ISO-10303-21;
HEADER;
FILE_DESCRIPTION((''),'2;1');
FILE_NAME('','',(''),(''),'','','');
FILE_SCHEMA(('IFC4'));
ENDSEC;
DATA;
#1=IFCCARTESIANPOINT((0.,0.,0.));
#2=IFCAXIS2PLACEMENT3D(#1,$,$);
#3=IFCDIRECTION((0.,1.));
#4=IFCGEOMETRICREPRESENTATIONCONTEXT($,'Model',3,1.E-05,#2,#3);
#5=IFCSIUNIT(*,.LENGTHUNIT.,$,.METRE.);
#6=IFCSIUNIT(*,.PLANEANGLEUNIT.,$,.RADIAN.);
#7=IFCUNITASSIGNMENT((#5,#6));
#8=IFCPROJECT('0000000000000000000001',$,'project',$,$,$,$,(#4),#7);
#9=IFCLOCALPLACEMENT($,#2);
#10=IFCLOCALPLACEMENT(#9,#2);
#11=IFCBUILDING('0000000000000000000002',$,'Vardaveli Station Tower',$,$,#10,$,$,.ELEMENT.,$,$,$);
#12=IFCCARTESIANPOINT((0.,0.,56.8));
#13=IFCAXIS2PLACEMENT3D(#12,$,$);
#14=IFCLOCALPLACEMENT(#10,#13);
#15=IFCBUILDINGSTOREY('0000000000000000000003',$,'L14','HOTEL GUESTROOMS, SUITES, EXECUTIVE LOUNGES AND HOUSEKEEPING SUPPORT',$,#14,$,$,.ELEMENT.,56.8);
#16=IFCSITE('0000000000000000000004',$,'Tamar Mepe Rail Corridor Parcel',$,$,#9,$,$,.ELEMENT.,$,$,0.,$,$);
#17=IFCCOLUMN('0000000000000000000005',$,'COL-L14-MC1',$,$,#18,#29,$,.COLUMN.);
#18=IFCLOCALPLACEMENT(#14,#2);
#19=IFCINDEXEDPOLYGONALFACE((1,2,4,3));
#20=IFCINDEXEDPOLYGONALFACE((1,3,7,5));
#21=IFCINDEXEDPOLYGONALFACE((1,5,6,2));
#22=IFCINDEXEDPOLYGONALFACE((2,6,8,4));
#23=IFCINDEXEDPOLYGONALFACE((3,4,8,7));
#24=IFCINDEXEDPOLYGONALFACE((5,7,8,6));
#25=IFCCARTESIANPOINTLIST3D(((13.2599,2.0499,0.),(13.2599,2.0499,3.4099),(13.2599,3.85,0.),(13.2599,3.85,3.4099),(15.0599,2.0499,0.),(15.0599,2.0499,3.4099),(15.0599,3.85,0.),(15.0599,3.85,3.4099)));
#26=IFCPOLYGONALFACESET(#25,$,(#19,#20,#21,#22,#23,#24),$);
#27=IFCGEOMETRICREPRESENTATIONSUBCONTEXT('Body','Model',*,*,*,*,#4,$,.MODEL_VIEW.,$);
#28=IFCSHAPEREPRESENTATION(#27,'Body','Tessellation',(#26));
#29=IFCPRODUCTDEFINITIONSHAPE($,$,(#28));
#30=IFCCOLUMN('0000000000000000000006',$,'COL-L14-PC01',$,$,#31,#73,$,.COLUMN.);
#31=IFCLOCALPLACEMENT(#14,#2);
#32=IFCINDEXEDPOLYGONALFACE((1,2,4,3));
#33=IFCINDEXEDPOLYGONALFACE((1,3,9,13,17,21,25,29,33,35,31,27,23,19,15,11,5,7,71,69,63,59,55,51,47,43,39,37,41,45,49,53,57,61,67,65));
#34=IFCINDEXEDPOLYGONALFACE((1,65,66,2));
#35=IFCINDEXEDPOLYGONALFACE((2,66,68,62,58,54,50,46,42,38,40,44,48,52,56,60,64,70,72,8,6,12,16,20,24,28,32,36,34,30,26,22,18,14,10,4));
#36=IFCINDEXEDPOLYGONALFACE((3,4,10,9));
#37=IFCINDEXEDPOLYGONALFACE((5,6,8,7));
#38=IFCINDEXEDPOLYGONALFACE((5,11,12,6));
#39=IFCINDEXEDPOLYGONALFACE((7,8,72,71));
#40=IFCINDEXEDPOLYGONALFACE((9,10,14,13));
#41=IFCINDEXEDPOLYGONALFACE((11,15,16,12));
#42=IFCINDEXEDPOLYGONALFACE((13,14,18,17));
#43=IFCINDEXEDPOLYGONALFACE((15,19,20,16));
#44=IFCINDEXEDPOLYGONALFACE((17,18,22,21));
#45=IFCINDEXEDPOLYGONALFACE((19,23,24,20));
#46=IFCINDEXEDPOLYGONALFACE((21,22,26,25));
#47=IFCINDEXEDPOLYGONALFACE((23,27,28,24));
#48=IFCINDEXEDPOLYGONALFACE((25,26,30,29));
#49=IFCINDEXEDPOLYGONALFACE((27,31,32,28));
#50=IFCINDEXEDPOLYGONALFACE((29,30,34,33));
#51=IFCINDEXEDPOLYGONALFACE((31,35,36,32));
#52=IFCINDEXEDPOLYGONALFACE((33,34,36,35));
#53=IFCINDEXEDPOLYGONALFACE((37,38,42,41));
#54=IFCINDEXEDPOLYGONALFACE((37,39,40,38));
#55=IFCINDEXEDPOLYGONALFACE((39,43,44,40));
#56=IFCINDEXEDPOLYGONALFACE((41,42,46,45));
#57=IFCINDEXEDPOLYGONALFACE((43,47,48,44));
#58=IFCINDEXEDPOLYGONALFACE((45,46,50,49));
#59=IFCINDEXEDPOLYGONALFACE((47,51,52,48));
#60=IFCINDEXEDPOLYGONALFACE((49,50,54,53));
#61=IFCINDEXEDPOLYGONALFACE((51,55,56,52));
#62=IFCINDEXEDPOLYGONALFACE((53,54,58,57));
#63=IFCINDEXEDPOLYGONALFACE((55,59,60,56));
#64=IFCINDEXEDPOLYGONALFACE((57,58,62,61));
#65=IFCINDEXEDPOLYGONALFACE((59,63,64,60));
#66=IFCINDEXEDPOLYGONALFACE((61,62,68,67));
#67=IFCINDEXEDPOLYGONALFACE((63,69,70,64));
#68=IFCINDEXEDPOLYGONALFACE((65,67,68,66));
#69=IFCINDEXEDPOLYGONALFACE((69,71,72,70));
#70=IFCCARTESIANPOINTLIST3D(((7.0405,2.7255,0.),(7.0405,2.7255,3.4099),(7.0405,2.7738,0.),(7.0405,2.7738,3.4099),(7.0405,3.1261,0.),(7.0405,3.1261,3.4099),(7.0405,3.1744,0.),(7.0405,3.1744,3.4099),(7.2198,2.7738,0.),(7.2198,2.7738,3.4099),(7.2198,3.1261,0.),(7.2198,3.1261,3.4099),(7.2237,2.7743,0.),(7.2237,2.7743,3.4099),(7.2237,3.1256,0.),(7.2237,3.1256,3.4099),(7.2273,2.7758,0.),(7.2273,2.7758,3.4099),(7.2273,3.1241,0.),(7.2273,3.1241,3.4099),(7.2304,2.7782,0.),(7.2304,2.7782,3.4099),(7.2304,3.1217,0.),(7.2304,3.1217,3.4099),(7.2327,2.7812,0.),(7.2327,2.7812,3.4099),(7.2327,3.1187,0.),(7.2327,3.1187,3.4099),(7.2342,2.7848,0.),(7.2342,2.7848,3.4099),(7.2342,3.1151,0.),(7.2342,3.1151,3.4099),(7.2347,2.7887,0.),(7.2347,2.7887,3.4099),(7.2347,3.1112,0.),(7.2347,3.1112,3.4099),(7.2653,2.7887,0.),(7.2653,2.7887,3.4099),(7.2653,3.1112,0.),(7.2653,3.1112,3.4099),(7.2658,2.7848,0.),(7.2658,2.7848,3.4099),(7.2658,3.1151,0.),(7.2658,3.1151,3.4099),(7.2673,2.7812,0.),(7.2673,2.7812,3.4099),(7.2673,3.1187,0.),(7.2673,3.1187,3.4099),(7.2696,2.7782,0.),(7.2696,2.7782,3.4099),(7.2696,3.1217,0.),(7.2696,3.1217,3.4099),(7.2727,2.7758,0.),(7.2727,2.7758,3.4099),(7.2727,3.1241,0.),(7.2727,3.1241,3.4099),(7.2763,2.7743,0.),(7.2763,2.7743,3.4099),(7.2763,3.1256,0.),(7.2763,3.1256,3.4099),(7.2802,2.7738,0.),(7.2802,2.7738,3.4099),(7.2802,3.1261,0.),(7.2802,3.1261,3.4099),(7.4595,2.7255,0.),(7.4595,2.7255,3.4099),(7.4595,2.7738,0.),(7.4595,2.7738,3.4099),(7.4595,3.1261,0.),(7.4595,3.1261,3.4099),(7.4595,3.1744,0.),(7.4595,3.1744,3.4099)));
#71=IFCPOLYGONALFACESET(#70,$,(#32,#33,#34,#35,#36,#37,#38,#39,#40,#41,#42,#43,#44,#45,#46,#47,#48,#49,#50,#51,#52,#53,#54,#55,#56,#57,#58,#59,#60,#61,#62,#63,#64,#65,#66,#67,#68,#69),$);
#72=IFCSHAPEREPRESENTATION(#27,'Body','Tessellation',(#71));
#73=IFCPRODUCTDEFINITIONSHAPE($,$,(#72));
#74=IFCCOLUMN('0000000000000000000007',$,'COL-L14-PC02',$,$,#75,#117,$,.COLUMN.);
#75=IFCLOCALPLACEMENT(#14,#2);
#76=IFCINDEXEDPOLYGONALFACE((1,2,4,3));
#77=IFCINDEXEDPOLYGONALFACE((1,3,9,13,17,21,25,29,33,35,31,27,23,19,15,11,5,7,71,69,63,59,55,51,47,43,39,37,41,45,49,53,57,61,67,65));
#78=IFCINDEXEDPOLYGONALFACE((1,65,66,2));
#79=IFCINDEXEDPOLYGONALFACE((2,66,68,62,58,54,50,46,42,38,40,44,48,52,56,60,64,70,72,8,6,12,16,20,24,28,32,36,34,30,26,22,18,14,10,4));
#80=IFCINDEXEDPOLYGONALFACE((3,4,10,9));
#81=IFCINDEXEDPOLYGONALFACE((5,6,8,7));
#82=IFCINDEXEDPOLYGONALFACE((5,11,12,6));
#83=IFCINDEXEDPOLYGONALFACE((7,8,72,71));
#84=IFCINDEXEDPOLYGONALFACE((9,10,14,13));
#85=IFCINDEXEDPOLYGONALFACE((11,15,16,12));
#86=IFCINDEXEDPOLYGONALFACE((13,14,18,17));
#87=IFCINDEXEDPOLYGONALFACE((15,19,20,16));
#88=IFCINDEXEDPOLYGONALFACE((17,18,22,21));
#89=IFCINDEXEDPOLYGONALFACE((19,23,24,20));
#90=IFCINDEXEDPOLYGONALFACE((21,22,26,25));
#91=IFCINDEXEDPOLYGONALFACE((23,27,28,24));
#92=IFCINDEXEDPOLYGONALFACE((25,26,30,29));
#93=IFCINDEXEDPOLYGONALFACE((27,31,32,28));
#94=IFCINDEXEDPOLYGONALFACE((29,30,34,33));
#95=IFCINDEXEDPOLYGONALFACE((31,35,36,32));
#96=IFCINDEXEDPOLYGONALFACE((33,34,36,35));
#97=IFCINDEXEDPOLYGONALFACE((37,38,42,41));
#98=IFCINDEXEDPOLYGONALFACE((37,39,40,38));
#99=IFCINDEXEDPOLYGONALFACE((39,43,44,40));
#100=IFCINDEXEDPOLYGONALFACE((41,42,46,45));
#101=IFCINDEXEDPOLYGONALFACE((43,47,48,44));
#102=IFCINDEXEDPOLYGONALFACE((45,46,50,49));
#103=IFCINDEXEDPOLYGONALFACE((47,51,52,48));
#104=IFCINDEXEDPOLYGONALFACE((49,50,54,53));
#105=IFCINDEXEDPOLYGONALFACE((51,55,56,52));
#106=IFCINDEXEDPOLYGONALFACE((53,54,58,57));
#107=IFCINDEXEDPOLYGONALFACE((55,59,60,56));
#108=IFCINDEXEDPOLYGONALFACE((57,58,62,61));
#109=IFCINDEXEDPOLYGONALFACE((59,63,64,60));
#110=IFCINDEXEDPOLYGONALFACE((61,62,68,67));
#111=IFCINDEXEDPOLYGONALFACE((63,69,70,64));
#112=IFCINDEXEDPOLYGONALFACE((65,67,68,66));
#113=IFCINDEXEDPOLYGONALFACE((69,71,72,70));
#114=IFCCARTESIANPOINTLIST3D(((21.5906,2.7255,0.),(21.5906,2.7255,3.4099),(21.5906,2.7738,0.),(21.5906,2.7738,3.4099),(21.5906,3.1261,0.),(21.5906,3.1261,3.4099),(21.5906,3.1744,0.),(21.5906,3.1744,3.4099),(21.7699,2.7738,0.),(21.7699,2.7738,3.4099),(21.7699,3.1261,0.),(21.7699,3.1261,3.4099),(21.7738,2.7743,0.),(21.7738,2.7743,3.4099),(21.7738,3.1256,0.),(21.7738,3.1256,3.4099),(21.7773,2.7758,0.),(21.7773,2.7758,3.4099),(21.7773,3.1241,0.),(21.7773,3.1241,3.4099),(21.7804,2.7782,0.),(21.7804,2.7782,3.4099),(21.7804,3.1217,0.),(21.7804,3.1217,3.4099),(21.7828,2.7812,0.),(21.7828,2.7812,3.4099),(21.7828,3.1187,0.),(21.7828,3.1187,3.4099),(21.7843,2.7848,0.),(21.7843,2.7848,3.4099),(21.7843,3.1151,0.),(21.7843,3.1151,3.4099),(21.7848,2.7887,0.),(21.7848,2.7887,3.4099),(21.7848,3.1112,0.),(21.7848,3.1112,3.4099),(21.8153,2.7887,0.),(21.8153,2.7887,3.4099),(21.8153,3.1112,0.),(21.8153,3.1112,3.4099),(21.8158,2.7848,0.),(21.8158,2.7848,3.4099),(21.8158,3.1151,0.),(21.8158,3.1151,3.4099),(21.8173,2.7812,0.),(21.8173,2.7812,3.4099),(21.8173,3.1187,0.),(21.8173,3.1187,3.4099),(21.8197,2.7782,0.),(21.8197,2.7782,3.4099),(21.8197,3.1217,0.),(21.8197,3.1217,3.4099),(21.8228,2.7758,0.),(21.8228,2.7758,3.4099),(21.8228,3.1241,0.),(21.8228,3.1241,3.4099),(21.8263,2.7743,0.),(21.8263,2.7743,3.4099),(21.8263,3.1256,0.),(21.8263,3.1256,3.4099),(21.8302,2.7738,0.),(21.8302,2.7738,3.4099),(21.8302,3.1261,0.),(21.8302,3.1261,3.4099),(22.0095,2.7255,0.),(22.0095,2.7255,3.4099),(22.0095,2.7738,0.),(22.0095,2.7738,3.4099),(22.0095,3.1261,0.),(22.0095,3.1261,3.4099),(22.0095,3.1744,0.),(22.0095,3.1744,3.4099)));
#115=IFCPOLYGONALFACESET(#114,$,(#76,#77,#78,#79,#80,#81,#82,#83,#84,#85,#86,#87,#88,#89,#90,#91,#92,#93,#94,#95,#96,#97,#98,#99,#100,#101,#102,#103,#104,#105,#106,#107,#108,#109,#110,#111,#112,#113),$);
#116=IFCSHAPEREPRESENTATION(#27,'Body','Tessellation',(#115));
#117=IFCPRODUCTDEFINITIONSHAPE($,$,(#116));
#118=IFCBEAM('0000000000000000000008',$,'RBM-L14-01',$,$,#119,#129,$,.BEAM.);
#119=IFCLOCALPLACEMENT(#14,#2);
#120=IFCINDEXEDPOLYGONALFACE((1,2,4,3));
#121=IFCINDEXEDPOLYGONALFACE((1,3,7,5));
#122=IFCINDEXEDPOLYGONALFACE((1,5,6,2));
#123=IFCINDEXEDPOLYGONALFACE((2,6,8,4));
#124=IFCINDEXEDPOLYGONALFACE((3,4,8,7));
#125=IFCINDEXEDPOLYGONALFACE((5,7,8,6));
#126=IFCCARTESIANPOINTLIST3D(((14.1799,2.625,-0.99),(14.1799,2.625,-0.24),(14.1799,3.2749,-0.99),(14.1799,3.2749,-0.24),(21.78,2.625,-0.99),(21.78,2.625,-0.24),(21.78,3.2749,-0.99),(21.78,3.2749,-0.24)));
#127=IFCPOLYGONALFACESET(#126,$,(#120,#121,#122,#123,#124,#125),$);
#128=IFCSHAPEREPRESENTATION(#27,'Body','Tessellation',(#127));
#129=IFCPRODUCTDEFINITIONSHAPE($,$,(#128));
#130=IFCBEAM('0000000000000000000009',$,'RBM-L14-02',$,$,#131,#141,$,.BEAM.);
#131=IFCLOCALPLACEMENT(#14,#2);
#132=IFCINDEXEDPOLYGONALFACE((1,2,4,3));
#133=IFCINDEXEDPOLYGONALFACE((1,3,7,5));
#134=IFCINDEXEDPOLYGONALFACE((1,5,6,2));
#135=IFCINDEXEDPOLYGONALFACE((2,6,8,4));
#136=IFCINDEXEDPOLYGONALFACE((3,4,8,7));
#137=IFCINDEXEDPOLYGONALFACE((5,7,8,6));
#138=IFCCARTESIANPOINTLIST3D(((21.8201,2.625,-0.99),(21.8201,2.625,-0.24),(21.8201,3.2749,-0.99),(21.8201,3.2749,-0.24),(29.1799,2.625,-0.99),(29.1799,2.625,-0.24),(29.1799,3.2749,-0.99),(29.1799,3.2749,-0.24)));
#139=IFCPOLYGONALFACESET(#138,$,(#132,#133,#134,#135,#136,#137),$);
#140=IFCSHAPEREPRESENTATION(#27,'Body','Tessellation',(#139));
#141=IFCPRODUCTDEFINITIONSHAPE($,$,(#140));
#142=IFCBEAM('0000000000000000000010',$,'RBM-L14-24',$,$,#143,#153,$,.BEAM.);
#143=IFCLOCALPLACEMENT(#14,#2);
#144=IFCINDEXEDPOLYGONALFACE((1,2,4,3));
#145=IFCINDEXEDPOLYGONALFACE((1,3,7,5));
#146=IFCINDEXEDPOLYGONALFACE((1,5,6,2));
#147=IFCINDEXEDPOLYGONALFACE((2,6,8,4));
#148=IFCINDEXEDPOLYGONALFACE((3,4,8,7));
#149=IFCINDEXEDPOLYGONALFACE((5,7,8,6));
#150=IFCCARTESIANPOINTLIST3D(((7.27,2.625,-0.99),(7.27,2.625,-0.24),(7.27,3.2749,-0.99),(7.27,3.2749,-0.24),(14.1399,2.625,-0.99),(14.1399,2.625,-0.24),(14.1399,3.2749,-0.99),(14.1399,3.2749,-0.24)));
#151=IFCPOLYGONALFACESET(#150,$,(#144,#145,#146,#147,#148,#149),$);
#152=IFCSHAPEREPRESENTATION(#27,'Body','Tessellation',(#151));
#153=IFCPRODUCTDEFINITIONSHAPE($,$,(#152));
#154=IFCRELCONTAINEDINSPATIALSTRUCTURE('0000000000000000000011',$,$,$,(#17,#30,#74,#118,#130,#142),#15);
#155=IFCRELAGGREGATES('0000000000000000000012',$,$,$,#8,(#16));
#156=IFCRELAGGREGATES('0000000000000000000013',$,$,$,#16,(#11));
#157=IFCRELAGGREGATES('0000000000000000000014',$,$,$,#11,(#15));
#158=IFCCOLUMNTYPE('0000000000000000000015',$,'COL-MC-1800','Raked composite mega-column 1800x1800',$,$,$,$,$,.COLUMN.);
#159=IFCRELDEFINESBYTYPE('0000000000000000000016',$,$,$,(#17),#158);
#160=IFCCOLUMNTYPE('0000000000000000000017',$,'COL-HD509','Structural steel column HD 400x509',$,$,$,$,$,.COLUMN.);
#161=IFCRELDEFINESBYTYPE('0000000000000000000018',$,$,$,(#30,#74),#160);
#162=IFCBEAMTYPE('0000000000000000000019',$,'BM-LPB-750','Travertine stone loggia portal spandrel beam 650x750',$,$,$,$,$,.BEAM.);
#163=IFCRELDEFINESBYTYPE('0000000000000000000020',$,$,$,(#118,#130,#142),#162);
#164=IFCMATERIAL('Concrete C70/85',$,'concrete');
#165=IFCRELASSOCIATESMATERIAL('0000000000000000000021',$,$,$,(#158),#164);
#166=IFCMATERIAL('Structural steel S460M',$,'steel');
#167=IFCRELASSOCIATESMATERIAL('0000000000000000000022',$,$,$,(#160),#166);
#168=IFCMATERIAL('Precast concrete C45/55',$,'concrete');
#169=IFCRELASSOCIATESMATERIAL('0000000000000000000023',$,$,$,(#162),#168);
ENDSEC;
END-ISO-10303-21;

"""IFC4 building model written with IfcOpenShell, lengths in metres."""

from ifc_helpers import new_model, si_unit, direction, frame, origin, origin_2d, place, context, subcontext, project, spatial, rectangle, i_section, extrude, source, transform, mapped, material, material_profile, profile_set, type_object, element, save


model = new_model("IFC4")

# Units and contexts
model_context = context("Model", 3, precision=1e-05, world=origin(), true_north=direction((0.0, 1.0)))
body_context = subcontext(model_context, "Body", "Model", "MODEL_VIEW")
ifc_project = project(units=[si_unit("LENGTHUNIT", "METRE"), si_unit("PLANEANGLEUNIT", "RADIAN")], contexts=[model_context])

# Site, building, storey
site_placement = place(None, origin())
site = spatial("IfcSite", under=ifc_project, at=site_placement, Name="Tamar Mepe Rail Corridor Parcel", CompositionType="ELEMENT", RefElevation=0.0)
building_placement = place(site_placement, origin())
building = spatial("IfcBuilding", under=site, at=building_placement, Name="Vardaveli Station Tower", CompositionType="ELEMENT")
storey_placement = place(building_placement, frame((0.0, 0.0, 56.8)))
storey = spatial("IfcBuildingStorey", under=building, at=storey_placement, Name="L14", Description="HOTEL GUESTROOMS, SUITES, EXECUTIVE LOUNGES AND HOUSEKEEPING SUPPORT", CompositionType="ELEMENT", Elevation=56.8)

# Columns
ifc_material_1 = material(Name="Concrete C70/85", Category="concrete")
ifc_material_profile_1 = material_profile(ifc_material_1, rectangle(XDim=1.8, YDim=1.8, at=origin_2d()), Name="MC 1800x1800")
ifc_profile_set_1 = profile_set([ifc_material_profile_1], Name="Concrete C70/85")
column_type_1 = type_object("IfcColumnType", Name="COL-MC-1800", Description="Raked composite mega-column 1800x1800", PredefinedType="COLUMN", material=ifc_profile_set_1)
shared_shape_1 = source(origin(), body_context, "Body", "SweptSolid", [
    extrude(rectangle(XDim=1.8, YDim=1.8, at=origin_2d()), origin(), (0.0, 0.0, 1.0), 3.4099),
])
column_placement = place(storey_placement, frame((14.1599, 2.95, 0.0), z_axis=(0.0, 0.0, 1.0), x_axis=(1.0, 0.0, 0.0)))
element("IfcColumn", 1, at=column_placement, inside=storey, type_object=column_type_1, Name="COL-L14-MC1", PredefinedType="COLUMN", context=body_context, shape_type="MappedRepresentation", body=[
    mapped(shared_shape_1, transform((0.0, 0.0, 0.0), scale=1.0)),
])
ifc_material_2 = material(Name="Structural steel S460M", Category="steel")
ifc_material_profile_2 = material_profile(ifc_material_2, i_section(OverallWidth=0.4189, OverallDepth=0.449, WebThickness=0.0305, FlangeThickness=0.0483, FilletRadius=0.0149, at=origin_2d()), Name="HD 400x509")
ifc_profile_set_2 = profile_set([ifc_material_profile_2], Name="Structural steel S460M")
column_type_2 = type_object("IfcColumnType", Name="COL-HD509", Description="Structural steel column HD 400x509", PredefinedType="COLUMN", material=ifc_profile_set_2)
shared_shape_2 = source(origin(), body_context, "Body", "SweptSolid", [
    extrude(i_section(OverallWidth=0.4189, OverallDepth=0.449, WebThickness=0.0305, FlangeThickness=0.0483, FilletRadius=0.0149, at=origin_2d()), origin(), (0.0, 0.0, 1.0), 3.4099),
])
for number, where, z_axis, x_axis, name in (
    (2, (7.25, 2.95, 0.0), (0.0, 0.0, 1.0), (1.0, 0.0, 0.0), "COL-L14-PC01"),
    (3, (21.8, 2.95, 0.0), (0.0, 0.0, 1.0), (1.0, 0.0, 0.0), "COL-L14-PC02"),
):
    element("IfcColumn", number, at=place(storey_placement, frame(where, z_axis=z_axis, x_axis=x_axis)), inside=storey, type_object=column_type_2, Name=name, PredefinedType="COLUMN", context=body_context, shape_type="MappedRepresentation", body=[
        mapped(shared_shape_2, transform((0.0, 0.0, 0.0), scale=1.0)),
    ])

# Beams
ifc_material_3 = material(Name="Precast concrete C45/55", Category="concrete")
ifc_material_profile_3 = material_profile(ifc_material_3, rectangle(XDim=0.6499, YDim=0.75, at=origin_2d()), Name="LPB 650x750")
ifc_profile_set_3 = profile_set([ifc_material_profile_3], Name="Precast concrete C45/55")
beam_type_1 = type_object("IfcBeamType", Name="BM-LPB-750", Description="Travertine stone loggia portal spandrel beam 650x750", PredefinedType="BEAM", material=ifc_profile_set_3)
shared_shape_3 = source(origin(), body_context, "Body", "SweptSolid", [
    extrude(rectangle(XDim=0.6499, YDim=0.75, at=origin_2d()), origin(), (0.0, 0.0, 1.0), 7.6001),
])
beam_1_placement = place(storey_placement, frame((14.1799, 2.95, -0.615), z_axis=(1.0, 0.0, 0.0), x_axis=(0.0, 1.0, 0.0)))
element("IfcBeam", 4, at=beam_1_placement, inside=storey, type_object=beam_type_1, Name="RBM-L14-01", PredefinedType="BEAM", context=body_context, shape_type="MappedRepresentation", body=[
    mapped(shared_shape_3, transform((0.0, 0.0, 0.0), scale=1.0)),
])
shared_shape_4 = source(origin(), body_context, "Body", "SweptSolid", [
    extrude(rectangle(XDim=0.6499, YDim=0.75, at=origin_2d()), origin(), (0.0, 0.0, 1.0), 7.3599),
])
beam_2_placement = place(storey_placement, frame((21.8201, 2.95, -0.615), z_axis=(1.0, 0.0, 0.0), x_axis=(0.0, 1.0, 0.0)))
element("IfcBeam", 5, at=beam_2_placement, inside=storey, type_object=beam_type_1, Name="RBM-L14-02", PredefinedType="BEAM", context=body_context, shape_type="MappedRepresentation", body=[
    mapped(shared_shape_4, transform((0.0, 0.0, 0.0), scale=1.0)),
])
shared_shape_5 = source(origin(), body_context, "Body", "SweptSolid", [
    extrude(rectangle(XDim=0.6499, YDim=0.75, at=origin_2d()), origin(), (0.0, 0.0, 1.0), 6.8699),
])
beam_3_placement = place(storey_placement, frame((7.27, 2.95, -0.615), z_axis=(1.0, 0.0, 0.0), x_axis=(0.0, 1.0, 0.0)))
element("IfcBeam", 6, at=beam_3_placement, inside=storey, type_object=beam_type_1, Name="RBM-L14-24", PredefinedType="BEAM", context=body_context, shape_type="MappedRepresentation", body=[
    mapped(shared_shape_5, transform((0.0, 0.0, 0.0), scale=1.0)),
])

save(model, "model.ifc")
